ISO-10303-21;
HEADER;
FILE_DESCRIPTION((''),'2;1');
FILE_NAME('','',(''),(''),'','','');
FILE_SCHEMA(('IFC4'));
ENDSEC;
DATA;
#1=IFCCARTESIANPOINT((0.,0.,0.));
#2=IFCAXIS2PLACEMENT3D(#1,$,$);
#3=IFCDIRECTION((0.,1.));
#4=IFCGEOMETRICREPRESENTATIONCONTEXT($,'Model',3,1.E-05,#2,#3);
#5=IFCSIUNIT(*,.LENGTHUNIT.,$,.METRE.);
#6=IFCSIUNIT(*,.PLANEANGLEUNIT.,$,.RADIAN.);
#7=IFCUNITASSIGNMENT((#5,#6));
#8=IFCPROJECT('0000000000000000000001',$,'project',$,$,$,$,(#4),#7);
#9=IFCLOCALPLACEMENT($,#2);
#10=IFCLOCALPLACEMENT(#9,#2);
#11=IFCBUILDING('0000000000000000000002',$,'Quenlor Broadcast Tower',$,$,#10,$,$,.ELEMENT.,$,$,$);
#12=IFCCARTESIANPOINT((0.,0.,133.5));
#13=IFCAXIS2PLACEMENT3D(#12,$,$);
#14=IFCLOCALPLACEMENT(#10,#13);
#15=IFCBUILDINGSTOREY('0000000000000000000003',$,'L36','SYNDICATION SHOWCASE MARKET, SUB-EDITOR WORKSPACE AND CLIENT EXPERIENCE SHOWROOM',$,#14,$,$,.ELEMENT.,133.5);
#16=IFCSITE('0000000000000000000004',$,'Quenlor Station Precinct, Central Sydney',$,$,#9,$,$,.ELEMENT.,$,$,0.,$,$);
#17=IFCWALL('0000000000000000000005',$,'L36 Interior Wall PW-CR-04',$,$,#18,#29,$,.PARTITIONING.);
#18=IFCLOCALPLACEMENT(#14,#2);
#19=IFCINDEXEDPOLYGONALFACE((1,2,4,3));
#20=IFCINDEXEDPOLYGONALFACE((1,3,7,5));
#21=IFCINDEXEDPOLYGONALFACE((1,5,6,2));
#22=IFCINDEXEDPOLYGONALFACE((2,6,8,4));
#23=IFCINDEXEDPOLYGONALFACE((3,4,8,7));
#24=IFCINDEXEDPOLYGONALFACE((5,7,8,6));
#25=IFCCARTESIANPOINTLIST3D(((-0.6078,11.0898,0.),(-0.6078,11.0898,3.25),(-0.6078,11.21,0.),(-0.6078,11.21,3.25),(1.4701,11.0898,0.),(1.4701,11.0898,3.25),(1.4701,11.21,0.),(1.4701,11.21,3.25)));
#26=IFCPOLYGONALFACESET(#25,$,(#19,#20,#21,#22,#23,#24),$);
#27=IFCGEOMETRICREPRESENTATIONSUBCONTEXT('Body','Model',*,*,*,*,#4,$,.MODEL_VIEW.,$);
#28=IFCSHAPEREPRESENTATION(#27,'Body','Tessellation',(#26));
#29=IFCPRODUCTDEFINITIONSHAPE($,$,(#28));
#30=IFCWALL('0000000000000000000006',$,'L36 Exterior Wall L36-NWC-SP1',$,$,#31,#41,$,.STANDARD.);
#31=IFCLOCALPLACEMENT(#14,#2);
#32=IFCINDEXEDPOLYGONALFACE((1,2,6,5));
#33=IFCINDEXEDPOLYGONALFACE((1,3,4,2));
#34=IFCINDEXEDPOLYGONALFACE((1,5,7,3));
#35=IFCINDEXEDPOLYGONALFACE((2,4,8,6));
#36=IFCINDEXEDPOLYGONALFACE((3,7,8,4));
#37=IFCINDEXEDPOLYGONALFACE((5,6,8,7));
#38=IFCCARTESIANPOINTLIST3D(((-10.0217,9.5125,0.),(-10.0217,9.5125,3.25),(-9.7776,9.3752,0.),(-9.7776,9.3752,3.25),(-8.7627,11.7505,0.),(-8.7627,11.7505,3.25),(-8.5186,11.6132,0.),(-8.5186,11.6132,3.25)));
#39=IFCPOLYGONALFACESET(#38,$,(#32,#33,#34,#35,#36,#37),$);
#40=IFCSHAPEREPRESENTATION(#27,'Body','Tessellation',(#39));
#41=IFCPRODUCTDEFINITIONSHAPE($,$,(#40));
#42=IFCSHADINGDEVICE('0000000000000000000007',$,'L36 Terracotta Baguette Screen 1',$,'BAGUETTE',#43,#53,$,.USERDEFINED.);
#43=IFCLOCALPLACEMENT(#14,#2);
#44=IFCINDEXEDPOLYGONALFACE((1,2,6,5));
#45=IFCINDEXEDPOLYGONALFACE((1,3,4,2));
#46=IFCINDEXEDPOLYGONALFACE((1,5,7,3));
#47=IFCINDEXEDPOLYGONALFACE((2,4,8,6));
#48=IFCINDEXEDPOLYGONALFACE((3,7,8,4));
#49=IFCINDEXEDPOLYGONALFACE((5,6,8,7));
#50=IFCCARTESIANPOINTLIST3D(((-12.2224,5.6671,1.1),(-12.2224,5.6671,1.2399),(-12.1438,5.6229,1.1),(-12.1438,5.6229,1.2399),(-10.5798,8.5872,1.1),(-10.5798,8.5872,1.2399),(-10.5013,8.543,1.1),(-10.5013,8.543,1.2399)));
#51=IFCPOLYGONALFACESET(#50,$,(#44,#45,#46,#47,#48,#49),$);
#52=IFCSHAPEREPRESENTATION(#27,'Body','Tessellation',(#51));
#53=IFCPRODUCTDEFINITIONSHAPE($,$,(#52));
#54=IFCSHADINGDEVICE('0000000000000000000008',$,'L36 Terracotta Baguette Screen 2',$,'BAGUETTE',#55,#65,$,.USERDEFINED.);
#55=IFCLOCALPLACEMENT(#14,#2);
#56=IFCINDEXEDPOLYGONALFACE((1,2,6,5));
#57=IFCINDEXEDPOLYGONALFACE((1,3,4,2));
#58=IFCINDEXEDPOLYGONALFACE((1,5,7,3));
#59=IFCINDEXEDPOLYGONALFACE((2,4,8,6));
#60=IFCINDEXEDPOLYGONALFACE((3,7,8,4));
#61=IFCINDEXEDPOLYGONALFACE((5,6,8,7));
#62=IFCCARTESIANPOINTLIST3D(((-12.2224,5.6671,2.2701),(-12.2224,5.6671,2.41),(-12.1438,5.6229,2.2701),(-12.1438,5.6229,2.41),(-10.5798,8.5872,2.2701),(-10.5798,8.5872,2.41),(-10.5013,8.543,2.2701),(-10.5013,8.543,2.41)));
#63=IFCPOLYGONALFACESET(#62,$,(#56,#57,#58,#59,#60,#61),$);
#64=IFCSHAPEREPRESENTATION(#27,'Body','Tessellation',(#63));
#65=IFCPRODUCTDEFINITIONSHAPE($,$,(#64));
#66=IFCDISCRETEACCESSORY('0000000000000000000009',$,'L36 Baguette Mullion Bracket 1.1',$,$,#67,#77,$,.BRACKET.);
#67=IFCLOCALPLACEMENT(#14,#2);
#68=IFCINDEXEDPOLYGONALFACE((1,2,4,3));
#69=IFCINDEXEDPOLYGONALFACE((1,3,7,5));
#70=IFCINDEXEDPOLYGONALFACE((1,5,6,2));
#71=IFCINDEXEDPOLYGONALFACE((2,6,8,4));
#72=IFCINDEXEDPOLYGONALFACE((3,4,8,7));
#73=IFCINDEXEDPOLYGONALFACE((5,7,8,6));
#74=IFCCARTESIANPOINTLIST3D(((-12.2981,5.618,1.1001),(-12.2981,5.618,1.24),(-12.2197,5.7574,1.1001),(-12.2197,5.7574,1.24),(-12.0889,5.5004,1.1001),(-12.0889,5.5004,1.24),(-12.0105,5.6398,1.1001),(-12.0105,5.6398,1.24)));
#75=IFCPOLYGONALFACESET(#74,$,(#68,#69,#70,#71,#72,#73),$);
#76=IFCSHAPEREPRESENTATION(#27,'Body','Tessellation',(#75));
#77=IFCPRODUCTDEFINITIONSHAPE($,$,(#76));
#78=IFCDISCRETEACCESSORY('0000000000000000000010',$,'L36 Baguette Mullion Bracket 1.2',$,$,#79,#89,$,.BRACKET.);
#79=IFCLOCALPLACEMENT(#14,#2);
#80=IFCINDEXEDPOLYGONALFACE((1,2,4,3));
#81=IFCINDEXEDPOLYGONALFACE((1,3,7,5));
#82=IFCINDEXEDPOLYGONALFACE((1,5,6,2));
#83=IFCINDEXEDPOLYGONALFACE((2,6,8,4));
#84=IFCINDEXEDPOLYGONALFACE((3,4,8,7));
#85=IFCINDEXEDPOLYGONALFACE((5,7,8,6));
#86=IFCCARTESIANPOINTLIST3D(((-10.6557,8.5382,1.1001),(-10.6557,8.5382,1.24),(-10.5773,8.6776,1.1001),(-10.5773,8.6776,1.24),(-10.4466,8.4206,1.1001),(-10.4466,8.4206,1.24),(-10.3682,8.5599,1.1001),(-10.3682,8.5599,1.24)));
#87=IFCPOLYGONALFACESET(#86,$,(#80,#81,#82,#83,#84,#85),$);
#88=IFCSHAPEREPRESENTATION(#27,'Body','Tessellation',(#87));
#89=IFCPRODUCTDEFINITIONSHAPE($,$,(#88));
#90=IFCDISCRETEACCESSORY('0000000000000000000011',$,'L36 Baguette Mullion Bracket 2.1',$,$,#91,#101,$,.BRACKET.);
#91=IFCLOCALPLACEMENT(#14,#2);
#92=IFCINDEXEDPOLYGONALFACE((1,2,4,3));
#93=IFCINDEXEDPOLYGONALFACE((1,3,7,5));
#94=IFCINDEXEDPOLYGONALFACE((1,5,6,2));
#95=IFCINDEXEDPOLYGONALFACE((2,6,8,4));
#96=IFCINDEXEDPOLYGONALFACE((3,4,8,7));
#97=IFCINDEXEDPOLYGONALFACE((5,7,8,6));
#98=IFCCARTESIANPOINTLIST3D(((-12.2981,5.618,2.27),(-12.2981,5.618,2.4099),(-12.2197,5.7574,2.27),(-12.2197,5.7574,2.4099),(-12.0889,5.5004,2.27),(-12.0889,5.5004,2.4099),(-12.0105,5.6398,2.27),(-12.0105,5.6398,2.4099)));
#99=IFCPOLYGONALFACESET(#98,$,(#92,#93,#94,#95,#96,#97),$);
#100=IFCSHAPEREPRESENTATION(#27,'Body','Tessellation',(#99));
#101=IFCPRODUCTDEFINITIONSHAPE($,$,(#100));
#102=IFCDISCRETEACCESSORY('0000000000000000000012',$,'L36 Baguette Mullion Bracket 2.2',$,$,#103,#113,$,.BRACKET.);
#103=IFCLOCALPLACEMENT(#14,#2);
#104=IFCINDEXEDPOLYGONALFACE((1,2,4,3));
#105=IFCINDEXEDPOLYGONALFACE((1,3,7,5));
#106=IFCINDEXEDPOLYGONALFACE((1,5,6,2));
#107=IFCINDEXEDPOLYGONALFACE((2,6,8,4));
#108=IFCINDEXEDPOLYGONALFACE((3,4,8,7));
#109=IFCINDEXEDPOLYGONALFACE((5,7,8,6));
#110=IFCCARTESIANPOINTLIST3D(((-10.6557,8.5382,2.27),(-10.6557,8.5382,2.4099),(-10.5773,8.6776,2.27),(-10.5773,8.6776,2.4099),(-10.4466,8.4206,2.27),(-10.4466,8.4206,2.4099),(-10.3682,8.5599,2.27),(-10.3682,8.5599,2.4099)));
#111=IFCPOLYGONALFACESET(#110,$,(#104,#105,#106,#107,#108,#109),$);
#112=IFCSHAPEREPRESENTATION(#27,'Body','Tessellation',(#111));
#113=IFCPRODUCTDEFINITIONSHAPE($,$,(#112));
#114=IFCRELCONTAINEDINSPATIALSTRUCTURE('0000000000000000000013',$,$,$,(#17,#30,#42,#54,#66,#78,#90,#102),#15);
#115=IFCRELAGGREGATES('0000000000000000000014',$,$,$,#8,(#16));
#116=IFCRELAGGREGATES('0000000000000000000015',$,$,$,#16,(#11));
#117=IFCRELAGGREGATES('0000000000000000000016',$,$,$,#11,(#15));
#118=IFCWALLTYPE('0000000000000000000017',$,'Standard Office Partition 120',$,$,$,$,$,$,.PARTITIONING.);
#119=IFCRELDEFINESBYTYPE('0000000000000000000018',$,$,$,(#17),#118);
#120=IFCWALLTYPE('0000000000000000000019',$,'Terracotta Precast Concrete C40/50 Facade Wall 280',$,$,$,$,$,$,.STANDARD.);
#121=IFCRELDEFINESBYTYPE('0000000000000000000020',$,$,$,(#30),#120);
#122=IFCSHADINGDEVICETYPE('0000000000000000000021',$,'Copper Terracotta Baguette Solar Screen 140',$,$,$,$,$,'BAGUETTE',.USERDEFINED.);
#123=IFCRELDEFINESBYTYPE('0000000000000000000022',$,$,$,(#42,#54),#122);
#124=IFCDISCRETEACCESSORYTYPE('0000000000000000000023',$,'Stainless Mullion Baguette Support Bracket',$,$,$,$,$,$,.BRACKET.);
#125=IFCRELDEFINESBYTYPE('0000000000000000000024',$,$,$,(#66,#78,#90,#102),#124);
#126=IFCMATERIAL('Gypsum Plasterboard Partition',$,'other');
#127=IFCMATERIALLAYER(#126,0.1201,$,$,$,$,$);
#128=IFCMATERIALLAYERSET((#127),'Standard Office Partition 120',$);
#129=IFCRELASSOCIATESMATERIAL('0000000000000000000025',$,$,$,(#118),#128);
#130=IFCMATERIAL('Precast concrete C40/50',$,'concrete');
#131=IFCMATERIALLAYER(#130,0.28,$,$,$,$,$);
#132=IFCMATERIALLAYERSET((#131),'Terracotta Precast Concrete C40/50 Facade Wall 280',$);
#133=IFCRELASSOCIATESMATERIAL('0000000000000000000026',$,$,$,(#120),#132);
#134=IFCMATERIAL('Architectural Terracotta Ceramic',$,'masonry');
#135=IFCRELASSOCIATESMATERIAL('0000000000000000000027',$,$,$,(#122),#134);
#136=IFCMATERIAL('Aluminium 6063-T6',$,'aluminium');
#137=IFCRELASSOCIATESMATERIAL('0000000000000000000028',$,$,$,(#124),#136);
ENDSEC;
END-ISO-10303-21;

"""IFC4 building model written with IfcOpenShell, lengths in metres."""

from ifc_helpers import new_model, si_unit, direction, frame, frame_2d, origin, origin_2d, place, context, subcontext, project, spatial, rectangle, extrude, material, layer, layer_set, material_profile, profile_set, type_object, element, save


model = new_model("IFC4")

# Units and contexts
model_context = context("Model", 3, precision=1e-05, world=origin(), true_north=direction((0.0, 1.0)))
body_context = subcontext(model_context, "Body", "Model", "MODEL_VIEW")
ifc_project = project(units=[si_unit("LENGTHUNIT", "METRE"), si_unit("PLANEANGLEUNIT", "RADIAN")], contexts=[model_context])

# Site, building, storey
site_placement = place(None, origin())
site = spatial("IfcSite", under=ifc_project, at=site_placement, Name="Quenlor Station Precinct, Central Sydney", CompositionType="ELEMENT", RefElevation=0.0)
building_placement = place(site_placement, origin())
building = spatial("IfcBuilding", under=site, at=building_placement, Name="Quenlor Broadcast Tower", CompositionType="ELEMENT")
storey_placement = place(building_placement, frame((0.0, 0.0, 133.5)))
storey = spatial("IfcBuildingStorey", under=building, at=storey_placement, Name="L36", Description="SYNDICATION SHOWCASE MARKET, SUB-EDITOR WORKSPACE AND CLIENT EXPERIENCE SHOWROOM", CompositionType="ELEMENT", Elevation=133.5)

# Walls
ifc_material_1 = material(Name="Gypsum Plasterboard Partition", Category="other")
ifc_layer_1 = layer(ifc_material_1, 0.1201)
ifc_layer_set_1 = layer_set([ifc_layer_1], Name="Standard Office Partition 120")
wall_type_1 = type_object("IfcWallType", Name="Standard Office Partition 120", PredefinedType="PARTITIONING", material=ifc_layer_set_1)
wall_1_placement = place(storey_placement, frame((-0.6079, 11.1499, 0.0), z_axis=(0.0, 0.0, 1.0), x_axis=(1.0, 0.0, 0.0)))
element("IfcWall", 1, at=wall_1_placement, inside=storey, type_object=wall_type_1, Name="L36 Interior Wall PW-CR-04", PredefinedType="PARTITIONING", context=body_context, shape_type="SweptSolid", body=[
    extrude(rectangle(XDim=2.0779, YDim=0.1201, at=frame_2d((1.0391, 0.0))), origin(), (0.0, 0.0, 1.0), 3.25),
])
ifc_material_2 = material(Name="Precast concrete C40/50", Category="concrete")
ifc_layer_2 = layer(ifc_material_2, 0.28)
ifc_layer_set_2 = layer_set([ifc_layer_2], Name="Terracotta Precast Concrete C40/50 Facade Wall 280")
wall_type_2 = type_object("IfcWallType", Name="Terracotta Precast Concrete C40/50 Facade Wall 280", PredefinedType="STANDARD", material=ifc_layer_set_2)
wall_2_placement = place(storey_placement, frame((-9.8997, 9.4438, 0.0), z_axis=(0.0, 0.0, 1.0), x_axis=(0.490302, 0.871553, 0.0)))
element("IfcWall", 2, at=wall_2_placement, inside=storey, type_object=wall_type_2, Name="L36 Exterior Wall L36-NWC-SP1", PredefinedType="STANDARD", context=body_context, shape_type="SweptSolid", body=[
    extrude(rectangle(XDim=2.5679, YDim=0.28, at=frame_2d((1.2839, 0.0))), origin(), (0.0, 0.0, 1.0), 3.25),
])

# Shading devices
ifc_material_3 = material(Name="Architectural Terracotta Ceramic", Category="masonry")
ifc_material_profile_1 = material_profile(ifc_material_3, rectangle(XDim=0.0901, YDim=0.1399, at=origin_2d()))
ifc_profile_set_1 = profile_set([ifc_material_profile_1], Name="Architectural Terracotta Ceramic BAG90x140")
shading_device_type = type_object("IfcShadingDeviceType", Name="Copper Terracotta Baguette Solar Screen 140", ElementType="BAGUETTE", PredefinedType="USERDEFINED", material=ifc_profile_set_1)
for number, where, z_axis, x_axis, name in (
    (3, (-12.1831, 5.645, 1.1699), (0.490258, 0.871577, 0.0), (-0.871577, 0.490258, 0.0), "L36 Terracotta Baguette Screen 1"),
    (4, (-12.1831, 5.645, 2.3401), (0.490258, 0.871577, 0.0), (-0.871577, 0.490258, 0.0), "L36 Terracotta Baguette Screen 2"),
):
    element("IfcShadingDevice", number, at=place(storey_placement, frame(where, z_axis=z_axis, x_axis=x_axis)), inside=storey, type_object=shading_device_type, Name=name, ObjectType="BAGUETTE", PredefinedType="USERDEFINED", context=body_context, shape_type="SweptSolid", body=[
        extrude(rectangle(XDim=0.0901, YDim=0.1399, at=origin_2d()), origin(), (0.0, 0.0, 1.0), 3.3503),
    ])

# Discrete accessories
ifc_material_4 = material(Name="Aluminium 6063-T6", Category="aluminium")
discrete_accessory_type = type_object("IfcDiscreteAccessoryType", Name="Stainless Mullion Baguette Support Bracket", PredefinedType="BRACKET", material=ifc_material_4)
for number, where, z_axis, x_axis, name in (
    (5, (-12.1543, 5.6289, 1.1001), (0.0, 0.0, 1.0), (0.490256, 0.871579, 0.0), "L36 Baguette Mullion Bracket 1.1"),
    (6, (-10.512, 8.5491, 1.1001), (0.0, 0.0, 1.0), (0.490256, 0.871579, 0.0), "L36 Baguette Mullion Bracket 1.2"),
    (7, (-12.1543, 5.6289, 2.27), (0.0, 0.0, 1.0), (0.490256, 0.871579, 0.0), "L36 Baguette Mullion Bracket 2.1"),
    (8, (-10.512, 8.5491, 2.27), (0.0, 0.0, 1.0), (0.490256, 0.871579, 0.0), "L36 Baguette Mullion Bracket 2.2"),
):
    element("IfcDiscreteAccessory", number, at=place(storey_placement, frame(where, z_axis=z_axis, x_axis=x_axis)), inside=storey, type_object=discrete_accessory_type, Name=name, PredefinedType="BRACKET", context=body_context, shape_type="SweptSolid", body=[
        extrude(rectangle(XDim=0.1599, YDim=0.24, at=origin_2d()), origin(), (0.0, 0.0, 1.0), 0.1399),
    ])

save(model, "model.ifc")
